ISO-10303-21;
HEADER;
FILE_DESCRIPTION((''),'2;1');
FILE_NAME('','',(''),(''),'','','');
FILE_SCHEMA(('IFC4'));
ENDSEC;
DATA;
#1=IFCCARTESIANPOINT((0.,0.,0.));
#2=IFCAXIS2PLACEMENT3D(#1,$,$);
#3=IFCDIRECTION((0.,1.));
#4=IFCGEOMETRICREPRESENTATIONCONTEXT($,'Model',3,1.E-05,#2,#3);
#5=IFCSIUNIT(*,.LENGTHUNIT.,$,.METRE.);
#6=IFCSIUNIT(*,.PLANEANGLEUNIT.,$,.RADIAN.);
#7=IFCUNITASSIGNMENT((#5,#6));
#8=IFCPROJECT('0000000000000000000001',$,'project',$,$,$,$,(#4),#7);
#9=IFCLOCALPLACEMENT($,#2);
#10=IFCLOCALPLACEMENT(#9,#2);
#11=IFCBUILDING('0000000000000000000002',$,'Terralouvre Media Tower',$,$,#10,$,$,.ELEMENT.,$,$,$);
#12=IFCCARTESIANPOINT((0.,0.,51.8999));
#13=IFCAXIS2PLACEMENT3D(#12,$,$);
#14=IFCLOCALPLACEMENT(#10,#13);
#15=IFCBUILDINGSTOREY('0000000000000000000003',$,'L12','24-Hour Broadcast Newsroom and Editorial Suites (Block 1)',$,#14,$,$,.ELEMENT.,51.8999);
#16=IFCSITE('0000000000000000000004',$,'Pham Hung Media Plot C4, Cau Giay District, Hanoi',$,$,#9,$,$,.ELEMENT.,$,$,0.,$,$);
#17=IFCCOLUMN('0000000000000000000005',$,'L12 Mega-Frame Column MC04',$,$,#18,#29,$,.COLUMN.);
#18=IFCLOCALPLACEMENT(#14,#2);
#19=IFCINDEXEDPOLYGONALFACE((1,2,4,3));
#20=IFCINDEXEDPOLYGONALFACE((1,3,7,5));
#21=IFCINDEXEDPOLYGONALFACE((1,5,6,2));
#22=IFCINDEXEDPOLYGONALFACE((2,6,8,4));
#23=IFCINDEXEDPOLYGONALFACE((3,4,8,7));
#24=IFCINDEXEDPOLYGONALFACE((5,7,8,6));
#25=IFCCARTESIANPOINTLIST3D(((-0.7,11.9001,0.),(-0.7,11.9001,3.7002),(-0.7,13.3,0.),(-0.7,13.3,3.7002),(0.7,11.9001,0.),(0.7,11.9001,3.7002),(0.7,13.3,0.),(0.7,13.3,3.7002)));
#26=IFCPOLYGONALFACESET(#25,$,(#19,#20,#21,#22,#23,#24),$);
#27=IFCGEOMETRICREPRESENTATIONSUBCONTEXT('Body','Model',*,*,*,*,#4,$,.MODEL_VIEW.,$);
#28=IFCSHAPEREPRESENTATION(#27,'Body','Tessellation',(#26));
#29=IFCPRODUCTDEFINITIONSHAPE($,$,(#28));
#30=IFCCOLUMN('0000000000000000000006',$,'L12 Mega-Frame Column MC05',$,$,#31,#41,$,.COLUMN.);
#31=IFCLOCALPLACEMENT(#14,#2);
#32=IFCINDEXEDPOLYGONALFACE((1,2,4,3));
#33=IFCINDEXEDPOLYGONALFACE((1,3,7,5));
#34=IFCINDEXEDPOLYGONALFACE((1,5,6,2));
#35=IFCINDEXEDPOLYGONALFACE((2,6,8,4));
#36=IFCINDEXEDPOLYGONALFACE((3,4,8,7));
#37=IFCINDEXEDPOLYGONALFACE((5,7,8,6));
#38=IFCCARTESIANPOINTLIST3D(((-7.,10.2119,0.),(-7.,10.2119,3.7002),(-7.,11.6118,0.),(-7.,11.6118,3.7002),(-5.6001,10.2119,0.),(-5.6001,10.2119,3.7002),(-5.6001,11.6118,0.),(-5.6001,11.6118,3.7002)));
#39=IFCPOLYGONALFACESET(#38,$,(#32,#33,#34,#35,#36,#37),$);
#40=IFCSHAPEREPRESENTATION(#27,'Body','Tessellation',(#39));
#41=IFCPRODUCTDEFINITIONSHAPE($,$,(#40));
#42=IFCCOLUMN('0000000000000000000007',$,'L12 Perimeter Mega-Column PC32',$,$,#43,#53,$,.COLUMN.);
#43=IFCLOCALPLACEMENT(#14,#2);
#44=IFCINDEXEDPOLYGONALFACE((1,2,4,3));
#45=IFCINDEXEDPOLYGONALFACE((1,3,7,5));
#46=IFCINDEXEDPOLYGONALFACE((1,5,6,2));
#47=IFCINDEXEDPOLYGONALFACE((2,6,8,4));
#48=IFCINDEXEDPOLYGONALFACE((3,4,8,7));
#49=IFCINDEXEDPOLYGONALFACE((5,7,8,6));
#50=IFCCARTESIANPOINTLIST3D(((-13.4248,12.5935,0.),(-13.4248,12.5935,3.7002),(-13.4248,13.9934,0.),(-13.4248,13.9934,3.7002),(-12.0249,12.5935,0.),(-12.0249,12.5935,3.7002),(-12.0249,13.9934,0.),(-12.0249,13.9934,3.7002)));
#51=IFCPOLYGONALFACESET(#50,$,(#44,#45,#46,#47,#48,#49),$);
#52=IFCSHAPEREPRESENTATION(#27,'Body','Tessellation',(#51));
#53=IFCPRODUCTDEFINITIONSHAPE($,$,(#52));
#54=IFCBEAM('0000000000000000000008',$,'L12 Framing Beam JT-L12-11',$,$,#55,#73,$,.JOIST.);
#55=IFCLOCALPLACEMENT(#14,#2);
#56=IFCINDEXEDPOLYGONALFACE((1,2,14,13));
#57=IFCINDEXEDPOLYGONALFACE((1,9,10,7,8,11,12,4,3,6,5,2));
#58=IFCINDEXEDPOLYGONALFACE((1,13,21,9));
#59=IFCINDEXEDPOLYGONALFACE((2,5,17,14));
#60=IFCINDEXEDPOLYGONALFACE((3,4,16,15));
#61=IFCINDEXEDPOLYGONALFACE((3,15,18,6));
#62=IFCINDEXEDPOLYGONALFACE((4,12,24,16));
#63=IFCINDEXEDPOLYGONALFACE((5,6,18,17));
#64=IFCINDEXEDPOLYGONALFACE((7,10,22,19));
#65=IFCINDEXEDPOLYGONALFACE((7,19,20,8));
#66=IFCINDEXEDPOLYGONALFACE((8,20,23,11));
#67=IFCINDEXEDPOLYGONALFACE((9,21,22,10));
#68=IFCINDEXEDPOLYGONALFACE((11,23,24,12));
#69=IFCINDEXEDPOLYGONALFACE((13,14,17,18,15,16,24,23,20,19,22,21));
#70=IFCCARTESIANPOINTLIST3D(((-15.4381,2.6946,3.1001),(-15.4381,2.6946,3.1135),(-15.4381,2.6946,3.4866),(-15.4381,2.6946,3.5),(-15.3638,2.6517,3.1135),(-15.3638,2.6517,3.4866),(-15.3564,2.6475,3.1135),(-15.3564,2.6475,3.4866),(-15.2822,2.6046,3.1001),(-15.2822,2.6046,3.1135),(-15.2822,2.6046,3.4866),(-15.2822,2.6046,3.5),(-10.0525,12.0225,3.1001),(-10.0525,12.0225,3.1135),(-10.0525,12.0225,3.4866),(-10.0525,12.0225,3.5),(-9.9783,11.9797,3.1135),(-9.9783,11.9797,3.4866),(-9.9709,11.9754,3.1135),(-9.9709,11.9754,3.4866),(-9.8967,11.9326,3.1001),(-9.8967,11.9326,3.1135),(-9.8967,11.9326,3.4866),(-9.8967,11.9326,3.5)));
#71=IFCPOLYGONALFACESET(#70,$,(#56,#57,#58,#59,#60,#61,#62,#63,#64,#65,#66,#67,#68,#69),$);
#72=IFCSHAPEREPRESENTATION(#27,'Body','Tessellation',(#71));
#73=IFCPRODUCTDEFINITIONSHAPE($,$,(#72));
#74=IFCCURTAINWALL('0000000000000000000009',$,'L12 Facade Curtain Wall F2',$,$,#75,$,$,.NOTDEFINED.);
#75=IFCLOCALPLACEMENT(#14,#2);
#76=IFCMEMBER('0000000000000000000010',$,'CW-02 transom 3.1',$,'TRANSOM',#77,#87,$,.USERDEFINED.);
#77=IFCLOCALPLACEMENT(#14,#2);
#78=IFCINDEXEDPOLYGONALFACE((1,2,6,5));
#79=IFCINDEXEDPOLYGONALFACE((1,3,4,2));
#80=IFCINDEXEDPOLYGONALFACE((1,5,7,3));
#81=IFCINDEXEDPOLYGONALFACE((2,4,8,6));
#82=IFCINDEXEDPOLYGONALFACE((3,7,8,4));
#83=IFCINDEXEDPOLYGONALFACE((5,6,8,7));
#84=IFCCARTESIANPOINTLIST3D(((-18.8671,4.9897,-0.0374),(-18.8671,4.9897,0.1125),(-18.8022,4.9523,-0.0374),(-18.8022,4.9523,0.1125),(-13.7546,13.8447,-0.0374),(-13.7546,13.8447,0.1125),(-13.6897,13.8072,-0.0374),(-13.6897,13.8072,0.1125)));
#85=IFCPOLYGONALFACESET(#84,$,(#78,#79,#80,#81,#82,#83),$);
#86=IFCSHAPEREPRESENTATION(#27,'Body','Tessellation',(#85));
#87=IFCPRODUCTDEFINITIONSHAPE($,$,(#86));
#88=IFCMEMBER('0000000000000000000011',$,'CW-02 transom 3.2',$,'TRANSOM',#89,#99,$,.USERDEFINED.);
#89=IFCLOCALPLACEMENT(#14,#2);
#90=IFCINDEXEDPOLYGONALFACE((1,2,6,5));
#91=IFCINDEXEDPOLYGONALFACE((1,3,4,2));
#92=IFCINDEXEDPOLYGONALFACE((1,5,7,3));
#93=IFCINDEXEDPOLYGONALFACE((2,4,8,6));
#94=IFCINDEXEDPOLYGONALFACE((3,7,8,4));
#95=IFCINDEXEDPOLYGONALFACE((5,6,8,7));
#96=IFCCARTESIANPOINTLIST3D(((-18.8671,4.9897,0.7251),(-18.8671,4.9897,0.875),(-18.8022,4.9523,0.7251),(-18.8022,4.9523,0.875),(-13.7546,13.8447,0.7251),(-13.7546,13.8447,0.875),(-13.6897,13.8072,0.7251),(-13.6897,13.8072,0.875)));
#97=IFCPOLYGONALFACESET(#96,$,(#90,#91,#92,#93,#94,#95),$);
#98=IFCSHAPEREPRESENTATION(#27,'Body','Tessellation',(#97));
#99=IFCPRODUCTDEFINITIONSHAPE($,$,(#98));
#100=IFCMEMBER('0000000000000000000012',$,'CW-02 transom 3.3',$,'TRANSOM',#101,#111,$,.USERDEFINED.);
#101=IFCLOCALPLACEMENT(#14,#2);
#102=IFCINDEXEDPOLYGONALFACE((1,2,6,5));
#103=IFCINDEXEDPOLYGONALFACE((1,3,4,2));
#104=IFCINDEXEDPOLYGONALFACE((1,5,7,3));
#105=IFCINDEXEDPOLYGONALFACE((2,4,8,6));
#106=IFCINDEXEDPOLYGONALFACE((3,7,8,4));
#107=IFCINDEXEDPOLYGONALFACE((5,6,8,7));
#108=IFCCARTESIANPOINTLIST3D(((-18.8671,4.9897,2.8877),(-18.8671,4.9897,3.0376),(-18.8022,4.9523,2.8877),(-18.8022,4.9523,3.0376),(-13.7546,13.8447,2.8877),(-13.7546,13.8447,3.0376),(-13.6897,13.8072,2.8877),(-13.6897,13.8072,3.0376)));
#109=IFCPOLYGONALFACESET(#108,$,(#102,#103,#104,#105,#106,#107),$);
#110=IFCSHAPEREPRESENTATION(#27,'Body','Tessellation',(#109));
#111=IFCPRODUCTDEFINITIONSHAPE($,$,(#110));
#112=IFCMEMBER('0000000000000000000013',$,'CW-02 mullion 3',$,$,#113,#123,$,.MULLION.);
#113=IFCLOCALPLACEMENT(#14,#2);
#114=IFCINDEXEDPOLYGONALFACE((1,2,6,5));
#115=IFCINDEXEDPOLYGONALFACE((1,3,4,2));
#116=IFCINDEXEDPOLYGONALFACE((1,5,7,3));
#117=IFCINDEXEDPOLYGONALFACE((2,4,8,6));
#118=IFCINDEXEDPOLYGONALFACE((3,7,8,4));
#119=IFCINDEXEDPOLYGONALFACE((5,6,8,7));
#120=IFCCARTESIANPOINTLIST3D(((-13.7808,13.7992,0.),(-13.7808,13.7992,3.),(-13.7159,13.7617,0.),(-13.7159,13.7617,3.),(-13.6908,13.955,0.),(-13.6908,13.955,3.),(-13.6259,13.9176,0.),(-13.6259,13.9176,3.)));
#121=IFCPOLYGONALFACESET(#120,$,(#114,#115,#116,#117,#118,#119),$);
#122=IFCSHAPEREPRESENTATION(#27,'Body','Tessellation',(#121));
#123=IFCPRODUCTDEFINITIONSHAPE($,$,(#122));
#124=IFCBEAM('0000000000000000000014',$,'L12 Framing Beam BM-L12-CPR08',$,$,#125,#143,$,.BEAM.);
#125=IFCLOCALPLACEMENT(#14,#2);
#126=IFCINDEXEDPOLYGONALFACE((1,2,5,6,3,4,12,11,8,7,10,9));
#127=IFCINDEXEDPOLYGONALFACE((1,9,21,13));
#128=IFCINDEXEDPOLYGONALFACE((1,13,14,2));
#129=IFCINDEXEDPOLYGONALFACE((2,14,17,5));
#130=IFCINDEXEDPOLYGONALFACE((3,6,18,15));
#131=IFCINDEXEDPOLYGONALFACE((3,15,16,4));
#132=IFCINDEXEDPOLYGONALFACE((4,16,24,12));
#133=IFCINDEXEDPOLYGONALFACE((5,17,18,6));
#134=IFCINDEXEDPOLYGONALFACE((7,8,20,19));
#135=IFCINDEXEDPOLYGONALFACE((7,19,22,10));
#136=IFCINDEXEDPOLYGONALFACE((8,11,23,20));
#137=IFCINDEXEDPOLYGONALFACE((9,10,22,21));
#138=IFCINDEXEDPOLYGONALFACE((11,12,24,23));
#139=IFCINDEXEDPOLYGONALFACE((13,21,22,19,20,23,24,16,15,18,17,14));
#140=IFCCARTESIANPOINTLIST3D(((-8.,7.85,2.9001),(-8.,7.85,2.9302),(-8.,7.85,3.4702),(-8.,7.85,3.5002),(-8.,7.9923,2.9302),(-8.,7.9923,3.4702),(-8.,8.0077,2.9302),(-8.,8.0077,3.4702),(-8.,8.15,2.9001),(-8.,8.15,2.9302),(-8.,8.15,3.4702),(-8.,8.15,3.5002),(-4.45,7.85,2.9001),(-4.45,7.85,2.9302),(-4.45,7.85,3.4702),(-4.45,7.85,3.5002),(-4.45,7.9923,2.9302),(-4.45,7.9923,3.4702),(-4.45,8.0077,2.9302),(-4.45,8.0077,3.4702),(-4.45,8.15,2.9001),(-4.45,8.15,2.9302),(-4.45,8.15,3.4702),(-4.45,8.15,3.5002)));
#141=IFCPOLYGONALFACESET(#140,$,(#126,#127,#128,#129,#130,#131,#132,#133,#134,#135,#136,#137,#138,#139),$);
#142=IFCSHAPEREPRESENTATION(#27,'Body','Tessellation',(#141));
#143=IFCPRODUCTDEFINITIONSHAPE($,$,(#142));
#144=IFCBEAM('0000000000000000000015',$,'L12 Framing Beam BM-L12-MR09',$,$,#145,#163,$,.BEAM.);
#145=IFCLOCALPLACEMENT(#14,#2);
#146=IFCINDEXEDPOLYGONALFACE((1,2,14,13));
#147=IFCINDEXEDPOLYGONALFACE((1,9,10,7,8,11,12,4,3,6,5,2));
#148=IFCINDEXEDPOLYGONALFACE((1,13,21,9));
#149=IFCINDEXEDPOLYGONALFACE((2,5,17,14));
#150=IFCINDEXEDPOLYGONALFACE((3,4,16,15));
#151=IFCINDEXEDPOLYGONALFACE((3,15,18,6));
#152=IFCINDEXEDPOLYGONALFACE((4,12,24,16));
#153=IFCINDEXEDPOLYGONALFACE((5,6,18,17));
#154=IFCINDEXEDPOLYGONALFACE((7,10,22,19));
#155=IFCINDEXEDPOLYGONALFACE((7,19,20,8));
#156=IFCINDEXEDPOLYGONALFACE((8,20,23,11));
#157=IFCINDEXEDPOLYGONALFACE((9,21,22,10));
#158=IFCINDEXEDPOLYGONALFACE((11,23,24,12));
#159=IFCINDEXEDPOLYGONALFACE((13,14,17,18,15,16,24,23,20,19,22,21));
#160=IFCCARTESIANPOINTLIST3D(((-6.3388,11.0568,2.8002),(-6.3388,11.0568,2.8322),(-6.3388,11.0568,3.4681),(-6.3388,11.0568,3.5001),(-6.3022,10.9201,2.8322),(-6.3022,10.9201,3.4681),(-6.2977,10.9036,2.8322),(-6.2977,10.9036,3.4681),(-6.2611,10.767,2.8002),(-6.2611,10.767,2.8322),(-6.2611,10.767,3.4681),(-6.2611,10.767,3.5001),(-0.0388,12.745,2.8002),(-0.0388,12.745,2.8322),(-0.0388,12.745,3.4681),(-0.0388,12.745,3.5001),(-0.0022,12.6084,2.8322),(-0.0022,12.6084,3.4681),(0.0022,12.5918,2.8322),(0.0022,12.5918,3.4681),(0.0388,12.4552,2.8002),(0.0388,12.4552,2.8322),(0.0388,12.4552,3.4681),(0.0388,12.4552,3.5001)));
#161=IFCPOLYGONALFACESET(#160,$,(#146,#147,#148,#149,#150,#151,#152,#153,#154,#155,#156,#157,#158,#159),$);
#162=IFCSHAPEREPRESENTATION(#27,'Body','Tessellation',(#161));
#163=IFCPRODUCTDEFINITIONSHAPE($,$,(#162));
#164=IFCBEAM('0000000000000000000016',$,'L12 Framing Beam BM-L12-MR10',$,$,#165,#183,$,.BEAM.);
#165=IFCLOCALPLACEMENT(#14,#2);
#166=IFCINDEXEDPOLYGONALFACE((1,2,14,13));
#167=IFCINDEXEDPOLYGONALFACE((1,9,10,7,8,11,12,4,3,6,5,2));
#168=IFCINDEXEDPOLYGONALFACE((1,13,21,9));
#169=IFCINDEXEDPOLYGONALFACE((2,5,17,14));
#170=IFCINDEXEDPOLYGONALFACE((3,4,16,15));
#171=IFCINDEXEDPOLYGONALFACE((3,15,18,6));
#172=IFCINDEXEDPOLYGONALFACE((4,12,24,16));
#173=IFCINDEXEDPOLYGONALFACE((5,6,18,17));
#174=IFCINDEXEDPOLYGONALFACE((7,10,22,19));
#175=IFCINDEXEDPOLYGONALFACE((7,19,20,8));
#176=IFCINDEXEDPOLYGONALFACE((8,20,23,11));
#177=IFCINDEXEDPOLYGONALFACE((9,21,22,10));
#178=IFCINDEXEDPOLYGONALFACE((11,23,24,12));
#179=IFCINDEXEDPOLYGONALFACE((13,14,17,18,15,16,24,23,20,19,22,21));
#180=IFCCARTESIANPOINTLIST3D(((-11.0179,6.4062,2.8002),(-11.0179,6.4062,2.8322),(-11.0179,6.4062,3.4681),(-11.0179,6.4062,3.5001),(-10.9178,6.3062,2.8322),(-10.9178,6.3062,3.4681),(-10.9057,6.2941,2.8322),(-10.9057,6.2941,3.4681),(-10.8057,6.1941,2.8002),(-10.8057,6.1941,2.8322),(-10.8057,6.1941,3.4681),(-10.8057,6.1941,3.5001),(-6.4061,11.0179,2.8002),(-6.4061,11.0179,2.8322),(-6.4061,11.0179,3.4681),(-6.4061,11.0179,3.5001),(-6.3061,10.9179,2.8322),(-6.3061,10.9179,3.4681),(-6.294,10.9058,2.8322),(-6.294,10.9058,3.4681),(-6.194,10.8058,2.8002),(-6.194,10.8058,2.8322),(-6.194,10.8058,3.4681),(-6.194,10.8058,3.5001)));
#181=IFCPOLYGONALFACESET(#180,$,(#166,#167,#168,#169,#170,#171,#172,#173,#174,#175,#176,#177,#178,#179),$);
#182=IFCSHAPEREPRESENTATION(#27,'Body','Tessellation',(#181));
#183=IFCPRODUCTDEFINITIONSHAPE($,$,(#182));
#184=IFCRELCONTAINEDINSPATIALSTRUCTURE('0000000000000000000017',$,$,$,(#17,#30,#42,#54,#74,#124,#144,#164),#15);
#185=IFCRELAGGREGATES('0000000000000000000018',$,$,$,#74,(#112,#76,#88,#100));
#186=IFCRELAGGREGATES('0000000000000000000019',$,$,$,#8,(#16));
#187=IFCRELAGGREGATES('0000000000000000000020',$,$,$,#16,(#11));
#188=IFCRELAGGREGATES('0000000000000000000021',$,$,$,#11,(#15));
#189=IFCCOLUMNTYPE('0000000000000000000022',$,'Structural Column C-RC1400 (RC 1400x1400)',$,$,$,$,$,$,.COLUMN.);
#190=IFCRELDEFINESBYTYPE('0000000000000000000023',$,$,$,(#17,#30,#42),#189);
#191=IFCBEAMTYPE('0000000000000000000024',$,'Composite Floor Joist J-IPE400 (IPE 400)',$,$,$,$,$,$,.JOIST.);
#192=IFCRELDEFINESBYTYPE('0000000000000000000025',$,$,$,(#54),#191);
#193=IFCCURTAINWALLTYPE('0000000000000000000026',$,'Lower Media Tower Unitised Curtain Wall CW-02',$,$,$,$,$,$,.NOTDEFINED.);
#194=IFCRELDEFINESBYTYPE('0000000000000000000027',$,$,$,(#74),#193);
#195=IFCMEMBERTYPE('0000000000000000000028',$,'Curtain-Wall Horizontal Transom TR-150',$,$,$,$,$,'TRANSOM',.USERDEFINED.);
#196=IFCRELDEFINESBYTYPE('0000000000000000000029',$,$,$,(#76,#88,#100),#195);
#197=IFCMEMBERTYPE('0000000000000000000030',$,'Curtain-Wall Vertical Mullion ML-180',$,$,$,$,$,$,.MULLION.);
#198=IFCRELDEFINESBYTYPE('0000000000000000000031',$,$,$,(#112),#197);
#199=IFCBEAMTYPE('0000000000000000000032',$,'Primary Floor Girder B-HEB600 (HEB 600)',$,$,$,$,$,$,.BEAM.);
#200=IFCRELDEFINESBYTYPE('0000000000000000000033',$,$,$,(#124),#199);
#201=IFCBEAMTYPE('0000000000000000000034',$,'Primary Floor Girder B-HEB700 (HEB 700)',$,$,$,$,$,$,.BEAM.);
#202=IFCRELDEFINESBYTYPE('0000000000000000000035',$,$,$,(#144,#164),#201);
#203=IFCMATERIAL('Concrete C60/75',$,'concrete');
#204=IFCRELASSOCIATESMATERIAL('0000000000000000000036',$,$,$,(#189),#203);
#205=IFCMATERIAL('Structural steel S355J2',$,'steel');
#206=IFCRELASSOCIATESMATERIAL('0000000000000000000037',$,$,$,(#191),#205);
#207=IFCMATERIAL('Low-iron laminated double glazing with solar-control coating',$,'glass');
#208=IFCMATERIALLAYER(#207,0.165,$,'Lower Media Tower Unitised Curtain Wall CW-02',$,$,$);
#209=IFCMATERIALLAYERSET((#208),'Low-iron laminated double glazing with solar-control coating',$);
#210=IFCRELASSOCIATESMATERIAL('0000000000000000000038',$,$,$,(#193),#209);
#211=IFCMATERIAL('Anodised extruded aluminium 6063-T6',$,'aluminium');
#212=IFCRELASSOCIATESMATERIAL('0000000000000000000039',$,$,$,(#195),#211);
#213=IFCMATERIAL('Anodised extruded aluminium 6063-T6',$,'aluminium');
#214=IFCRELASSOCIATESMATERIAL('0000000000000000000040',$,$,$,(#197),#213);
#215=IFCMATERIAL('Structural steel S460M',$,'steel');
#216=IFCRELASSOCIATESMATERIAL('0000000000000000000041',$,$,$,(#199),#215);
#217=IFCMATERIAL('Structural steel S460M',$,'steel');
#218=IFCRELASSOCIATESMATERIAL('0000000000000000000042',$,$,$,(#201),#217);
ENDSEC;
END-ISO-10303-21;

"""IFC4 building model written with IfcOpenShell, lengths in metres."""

from ifc_helpers import new_model, si_unit, direction, frame, origin, origin_2d, place, context, subcontext, project, spatial, rectangle, i_section, extrude, material, layer, layer_set, material_profile, profile_set, type_object, element, aggregate, save


model = new_model("IFC4")

# Units and contexts
model_context = context("Model", 3, precision=1e-05, world=origin(), true_north=direction((0.0, 1.0)))
body_context = subcontext(model_context, "Body", "Model", "MODEL_VIEW")
ifc_project = project(units=[si_unit("LENGTHUNIT", "METRE"), si_unit("PLANEANGLEUNIT", "RADIAN")], contexts=[model_context])

# Site, building, storey
site_placement = place(None, origin())
site = spatial("IfcSite", under=ifc_project, at=site_placement, Name="Pham Hung Media Plot C4, Cau Giay District, Hanoi", CompositionType="ELEMENT", RefElevation=0.0)
building_placement = place(site_placement, origin())
building = spatial("IfcBuilding", under=site, at=building_placement, Name="Terralouvre Media Tower", CompositionType="ELEMENT")
storey_placement = place(building_placement, frame((0.0, 0.0, 51.8999)))
storey = spatial("IfcBuildingStorey", under=building, at=storey_placement, Name="L12", Description="24-Hour Broadcast Newsroom and Editorial Suites (Block 1)", CompositionType="ELEMENT", Elevation=51.8999)

# Columns
ifc_material_1 = material(Name="Concrete C60/75", Category="concrete")
ifc_material_profile_1 = material_profile(ifc_material_1, rectangle(XDim=1.3999, YDim=1.3999, at=origin_2d()), Name="RC 1400x1400")
ifc_profile_set_1 = profile_set([ifc_material_profile_1], Name="Concrete C60/75")
column_type = type_object("IfcColumnType", Name="Structural Column C-RC1400 (RC 1400x1400)", PredefinedType="COLUMN", material=ifc_profile_set_1)
for number, where, z_axis, x_axis, name in (
    (1, (0.0, 12.6001, 0.0), (0.0, 0.0, 1.0), (1.0, 0.0, 0.0), "L12 Mega-Frame Column MC04"),
    (2, (-6.3, 10.9119, 0.0), (0.0, 0.0, 1.0), (1.0, 0.0, 0.0), "L12 Mega-Frame Column MC05"),
    (3, (-12.7249, 13.2935, 0.0), (0.0, 0.0, 1.0), (1.0, 0.0, 0.0), "L12 Perimeter Mega-Column PC32"),
):
    element("IfcColumn", number, at=place(storey_placement, frame(where, z_axis=z_axis, x_axis=x_axis)), inside=storey, type_object=column_type, Name=name, PredefinedType="COLUMN", context=body_context, shape_type="SweptSolid", body=[
        extrude(rectangle(XDim=1.3999, YDim=1.3999, at=origin_2d()), origin(), (0.0, 0.0, 1.0), 3.7002),
    ])

# Beam
ifc_material_2 = material(Name="Structural steel S355J2", Category="steel")
ifc_material_profile_2 = material_profile(ifc_material_2, i_section(OverallWidth=0.1799, OverallDepth=0.3999, WebThickness=0.0085, FlangeThickness=0.0134, at=origin_2d()), Name="IPE 400")
ifc_profile_set_2 = profile_set([ifc_material_profile_2], Name="Structural steel S355J2")
beam_type_1 = type_object("IfcBeamType", Name="Composite Floor Joist J-IPE400 (IPE 400)", PredefinedType="JOIST", material=ifc_profile_set_2)
beam_1_placement = place(storey_placement, frame((-9.9746, 11.9775, 3.3), z_axis=(-0.500003, -0.866024, 0.0), x_axis=(0.866024, -0.500003, 0.0)))
element("IfcBeam", 4, at=beam_1_placement, inside=storey, type_object=beam_type_1, Name="L12 Framing Beam JT-L12-11", PredefinedType="JOIST", context=body_context, shape_type="SweptSolid", body=[
    extrude(i_section(OverallWidth=0.1799, OverallDepth=0.3999, WebThickness=0.0085, FlangeThickness=0.0134, at=origin_2d()), origin(), (0.0, 0.0, 1.0), 10.771),
])

# Curtain wall, members
ifc_material_3 = material(Name="Low-iron laminated double glazing with solar-control coating", Category="glass")
ifc_layer_1 = layer(ifc_material_3, 0.165, Name="Lower Media Tower Unitised Curtain Wall CW-02")
ifc_layer_set_1 = layer_set([ifc_layer_1], Name="Low-iron laminated double glazing with solar-control coating")
curtain_wall_type = type_object("IfcCurtainWallType", Name="Lower Media Tower Unitised Curtain Wall CW-02", PredefinedType="NOTDEFINED", material=ifc_layer_set_1)
curtain_wall_placement = place(storey_placement, origin())
curtain_wall = element("IfcCurtainWall", 5, at=curtain_wall_placement, inside=storey, type_object=curtain_wall_type, Name="L12 Facade Curtain Wall F2", PredefinedType="NOTDEFINED")
ifc_material_4 = material(Name="Anodised extruded aluminium 6063-T6", Category="aluminium")
ifc_material_profile_3 = material_profile(ifc_material_4, rectangle(XDim=0.075, YDim=0.1499, at=origin_2d()), Name="ALU 75x150")
ifc_profile_set_3 = profile_set([ifc_material_profile_3], Name="Anodised extruded aluminium 6063-T6")
member_type_1 = type_object("IfcMemberType", Name="Curtain-Wall Horizontal Transom TR-150", ElementType="TRANSOM", PredefinedType="USERDEFINED", material=ifc_profile_set_3)
member_1_placement = place(storey_placement, frame((-13.7222, 13.8259, 0.0376), z_axis=(-0.500009, -0.86602, 0.0), x_axis=(0.86602, -0.500009, 0.0)))
member_1 = element("IfcMember", 6, at=member_1_placement, type_object=member_type_1, Name="CW-02 transom 3.1", ObjectType="TRANSOM", PredefinedType="USERDEFINED", context=body_context, shape_type="SweptSolid", body=[
    extrude(rectangle(XDim=0.075, YDim=0.1499, at=origin_2d()), origin(), (0.0, 0.0, 1.0), 10.2249),
])
member_2_placement = place(storey_placement, frame((-13.7222, 13.8259, 0.8), z_axis=(-0.500009, -0.86602, 0.0), x_axis=(0.86602, -0.500009, 0.0)))
member_2 = element("IfcMember", 7, at=member_2_placement, type_object=member_type_1, Name="CW-02 transom 3.2", ObjectType="TRANSOM", PredefinedType="USERDEFINED", context=body_context, shape_type="SweptSolid", body=[
    extrude(rectangle(XDim=0.075, YDim=0.1499, at=origin_2d()), origin(), (0.0, 0.0, 1.0), 10.2249),
])
member_3_placement = place(storey_placement, frame((-13.7222, 13.8259, 2.9626), z_axis=(-0.500009, -0.86602, 0.0), x_axis=(0.86602, -0.500009, 0.0)))
member_3 = element("IfcMember", 8, at=member_3_placement, type_object=member_type_1, Name="CW-02 transom 3.3", ObjectType="TRANSOM", PredefinedType="USERDEFINED", context=body_context, shape_type="SweptSolid", body=[
    extrude(rectangle(XDim=0.075, YDim=0.1499, at=origin_2d()), origin(), (0.0, 0.0, 1.0), 10.2249),
])
ifc_material_5 = material(Name="Anodised extruded aluminium 6063-T6", Category="aluminium")
ifc_material_profile_4 = material_profile(ifc_material_5, rectangle(XDim=0.075, YDim=0.1799, at=origin_2d()), Name="ALU 75x180")
ifc_profile_set_4 = profile_set([ifc_material_profile_4], Name="Anodised extruded aluminium 6063-T6")
member_type_2 = type_object("IfcMemberType", Name="Curtain-Wall Vertical Mullion ML-180", PredefinedType="MULLION", material=ifc_profile_set_4)
member_4_placement = place(storey_placement, frame((-13.7034, 13.8584, 0.0), z_axis=(0.0, 0.0, 1.0), x_axis=(0.866025, -0.5, 0.0)))
member_4 = element("IfcMember", 9, at=member_4_placement, type_object=member_type_2, Name="CW-02 mullion 3", PredefinedType="MULLION", context=body_context, shape_type="SweptSolid", body=[
    extrude(rectangle(XDim=0.075, YDim=0.1799, at=origin_2d()), origin(), (0.0, 0.0, 1.0), 3.0),
])

# Beams
ifc_material_6 = material(Name="Structural steel S460M", Category="steel")
ifc_material_profile_5 = material_profile(ifc_material_6, i_section(OverallWidth=0.3, OverallDepth=0.6001, WebThickness=0.0154, FlangeThickness=0.03, at=origin_2d()), Name="HEB 600")
ifc_profile_set_5 = profile_set([ifc_material_profile_5], Name="Structural steel S460M")
beam_type_2 = type_object("IfcBeamType", Name="Primary Floor Girder B-HEB600 (HEB 600)", PredefinedType="BEAM", material=ifc_profile_set_5)
beam_2_placement = place(storey_placement, frame((-4.45, 8.0, 3.2002), z_axis=(-1.0, 0.0, 0.0), x_axis=(0.0, -1.0, 0.0)))
element("IfcBeam", 10, at=beam_2_placement, inside=storey, type_object=beam_type_2, Name="L12 Framing Beam BM-L12-CPR08", PredefinedType="BEAM", context=body_context, shape_type="SweptSolid", body=[
    extrude(i_section(OverallWidth=0.3, OverallDepth=0.6001, WebThickness=0.0154, FlangeThickness=0.03, at=origin_2d()), origin(), (0.0, 0.0, 1.0), 3.55),
])
ifc_material_7 = material(Name="Structural steel S460M", Category="steel")
ifc_material_profile_6 = material_profile(ifc_material_7, i_section(OverallWidth=0.3, OverallDepth=0.7, WebThickness=0.0171, FlangeThickness=0.032, at=origin_2d()), Name="HEB 700")
ifc_profile_set_6 = profile_set([ifc_material_profile_6], Name="Structural steel S460M")
beam_type_3 = type_object("IfcBeamType", Name="Primary Floor Girder B-HEB700 (HEB 700)", PredefinedType="BEAM", material=ifc_profile_set_6)
beam_3_placement = place(storey_placement, frame((0.0, 12.6001, 3.1501), z_axis=(-0.96592, -0.258839, 0.0), x_axis=(0.258839, -0.96592, 0.0)))
element("IfcBeam", 11, at=beam_3_placement, inside=storey, type_object=beam_type_3, Name="L12 Framing Beam BM-L12-MR09", PredefinedType="BEAM", context=body_context, shape_type="SweptSolid", body=[
    extrude(i_section(OverallWidth=0.3, OverallDepth=0.7, WebThickness=0.0171, FlangeThickness=0.032, at=origin_2d()), origin(), (0.0, 0.0, 1.0), 6.5222),
])
beam_4_placement = place(storey_placement, frame((-6.3, 10.9119, 3.1501), z_axis=(-0.707107, -0.707107, 0.0), x_axis=(0.707107, -0.707107, 0.0)))
element("IfcBeam", 12, at=beam_4_placement, inside=storey, type_object=beam_type_3, Name="L12 Framing Beam BM-L12-MR10", PredefinedType="BEAM", context=body_context, shape_type="SweptSolid", body=[
    extrude(i_section(OverallWidth=0.3, OverallDepth=0.7, WebThickness=0.0171, FlangeThickness=0.032, at=origin_2d()), origin(), (0.0, 0.0, 1.0), 6.522),
])

aggregate(curtain_wall, [member_4, member_1, member_2, member_3])

save(model, "model.ifc")
